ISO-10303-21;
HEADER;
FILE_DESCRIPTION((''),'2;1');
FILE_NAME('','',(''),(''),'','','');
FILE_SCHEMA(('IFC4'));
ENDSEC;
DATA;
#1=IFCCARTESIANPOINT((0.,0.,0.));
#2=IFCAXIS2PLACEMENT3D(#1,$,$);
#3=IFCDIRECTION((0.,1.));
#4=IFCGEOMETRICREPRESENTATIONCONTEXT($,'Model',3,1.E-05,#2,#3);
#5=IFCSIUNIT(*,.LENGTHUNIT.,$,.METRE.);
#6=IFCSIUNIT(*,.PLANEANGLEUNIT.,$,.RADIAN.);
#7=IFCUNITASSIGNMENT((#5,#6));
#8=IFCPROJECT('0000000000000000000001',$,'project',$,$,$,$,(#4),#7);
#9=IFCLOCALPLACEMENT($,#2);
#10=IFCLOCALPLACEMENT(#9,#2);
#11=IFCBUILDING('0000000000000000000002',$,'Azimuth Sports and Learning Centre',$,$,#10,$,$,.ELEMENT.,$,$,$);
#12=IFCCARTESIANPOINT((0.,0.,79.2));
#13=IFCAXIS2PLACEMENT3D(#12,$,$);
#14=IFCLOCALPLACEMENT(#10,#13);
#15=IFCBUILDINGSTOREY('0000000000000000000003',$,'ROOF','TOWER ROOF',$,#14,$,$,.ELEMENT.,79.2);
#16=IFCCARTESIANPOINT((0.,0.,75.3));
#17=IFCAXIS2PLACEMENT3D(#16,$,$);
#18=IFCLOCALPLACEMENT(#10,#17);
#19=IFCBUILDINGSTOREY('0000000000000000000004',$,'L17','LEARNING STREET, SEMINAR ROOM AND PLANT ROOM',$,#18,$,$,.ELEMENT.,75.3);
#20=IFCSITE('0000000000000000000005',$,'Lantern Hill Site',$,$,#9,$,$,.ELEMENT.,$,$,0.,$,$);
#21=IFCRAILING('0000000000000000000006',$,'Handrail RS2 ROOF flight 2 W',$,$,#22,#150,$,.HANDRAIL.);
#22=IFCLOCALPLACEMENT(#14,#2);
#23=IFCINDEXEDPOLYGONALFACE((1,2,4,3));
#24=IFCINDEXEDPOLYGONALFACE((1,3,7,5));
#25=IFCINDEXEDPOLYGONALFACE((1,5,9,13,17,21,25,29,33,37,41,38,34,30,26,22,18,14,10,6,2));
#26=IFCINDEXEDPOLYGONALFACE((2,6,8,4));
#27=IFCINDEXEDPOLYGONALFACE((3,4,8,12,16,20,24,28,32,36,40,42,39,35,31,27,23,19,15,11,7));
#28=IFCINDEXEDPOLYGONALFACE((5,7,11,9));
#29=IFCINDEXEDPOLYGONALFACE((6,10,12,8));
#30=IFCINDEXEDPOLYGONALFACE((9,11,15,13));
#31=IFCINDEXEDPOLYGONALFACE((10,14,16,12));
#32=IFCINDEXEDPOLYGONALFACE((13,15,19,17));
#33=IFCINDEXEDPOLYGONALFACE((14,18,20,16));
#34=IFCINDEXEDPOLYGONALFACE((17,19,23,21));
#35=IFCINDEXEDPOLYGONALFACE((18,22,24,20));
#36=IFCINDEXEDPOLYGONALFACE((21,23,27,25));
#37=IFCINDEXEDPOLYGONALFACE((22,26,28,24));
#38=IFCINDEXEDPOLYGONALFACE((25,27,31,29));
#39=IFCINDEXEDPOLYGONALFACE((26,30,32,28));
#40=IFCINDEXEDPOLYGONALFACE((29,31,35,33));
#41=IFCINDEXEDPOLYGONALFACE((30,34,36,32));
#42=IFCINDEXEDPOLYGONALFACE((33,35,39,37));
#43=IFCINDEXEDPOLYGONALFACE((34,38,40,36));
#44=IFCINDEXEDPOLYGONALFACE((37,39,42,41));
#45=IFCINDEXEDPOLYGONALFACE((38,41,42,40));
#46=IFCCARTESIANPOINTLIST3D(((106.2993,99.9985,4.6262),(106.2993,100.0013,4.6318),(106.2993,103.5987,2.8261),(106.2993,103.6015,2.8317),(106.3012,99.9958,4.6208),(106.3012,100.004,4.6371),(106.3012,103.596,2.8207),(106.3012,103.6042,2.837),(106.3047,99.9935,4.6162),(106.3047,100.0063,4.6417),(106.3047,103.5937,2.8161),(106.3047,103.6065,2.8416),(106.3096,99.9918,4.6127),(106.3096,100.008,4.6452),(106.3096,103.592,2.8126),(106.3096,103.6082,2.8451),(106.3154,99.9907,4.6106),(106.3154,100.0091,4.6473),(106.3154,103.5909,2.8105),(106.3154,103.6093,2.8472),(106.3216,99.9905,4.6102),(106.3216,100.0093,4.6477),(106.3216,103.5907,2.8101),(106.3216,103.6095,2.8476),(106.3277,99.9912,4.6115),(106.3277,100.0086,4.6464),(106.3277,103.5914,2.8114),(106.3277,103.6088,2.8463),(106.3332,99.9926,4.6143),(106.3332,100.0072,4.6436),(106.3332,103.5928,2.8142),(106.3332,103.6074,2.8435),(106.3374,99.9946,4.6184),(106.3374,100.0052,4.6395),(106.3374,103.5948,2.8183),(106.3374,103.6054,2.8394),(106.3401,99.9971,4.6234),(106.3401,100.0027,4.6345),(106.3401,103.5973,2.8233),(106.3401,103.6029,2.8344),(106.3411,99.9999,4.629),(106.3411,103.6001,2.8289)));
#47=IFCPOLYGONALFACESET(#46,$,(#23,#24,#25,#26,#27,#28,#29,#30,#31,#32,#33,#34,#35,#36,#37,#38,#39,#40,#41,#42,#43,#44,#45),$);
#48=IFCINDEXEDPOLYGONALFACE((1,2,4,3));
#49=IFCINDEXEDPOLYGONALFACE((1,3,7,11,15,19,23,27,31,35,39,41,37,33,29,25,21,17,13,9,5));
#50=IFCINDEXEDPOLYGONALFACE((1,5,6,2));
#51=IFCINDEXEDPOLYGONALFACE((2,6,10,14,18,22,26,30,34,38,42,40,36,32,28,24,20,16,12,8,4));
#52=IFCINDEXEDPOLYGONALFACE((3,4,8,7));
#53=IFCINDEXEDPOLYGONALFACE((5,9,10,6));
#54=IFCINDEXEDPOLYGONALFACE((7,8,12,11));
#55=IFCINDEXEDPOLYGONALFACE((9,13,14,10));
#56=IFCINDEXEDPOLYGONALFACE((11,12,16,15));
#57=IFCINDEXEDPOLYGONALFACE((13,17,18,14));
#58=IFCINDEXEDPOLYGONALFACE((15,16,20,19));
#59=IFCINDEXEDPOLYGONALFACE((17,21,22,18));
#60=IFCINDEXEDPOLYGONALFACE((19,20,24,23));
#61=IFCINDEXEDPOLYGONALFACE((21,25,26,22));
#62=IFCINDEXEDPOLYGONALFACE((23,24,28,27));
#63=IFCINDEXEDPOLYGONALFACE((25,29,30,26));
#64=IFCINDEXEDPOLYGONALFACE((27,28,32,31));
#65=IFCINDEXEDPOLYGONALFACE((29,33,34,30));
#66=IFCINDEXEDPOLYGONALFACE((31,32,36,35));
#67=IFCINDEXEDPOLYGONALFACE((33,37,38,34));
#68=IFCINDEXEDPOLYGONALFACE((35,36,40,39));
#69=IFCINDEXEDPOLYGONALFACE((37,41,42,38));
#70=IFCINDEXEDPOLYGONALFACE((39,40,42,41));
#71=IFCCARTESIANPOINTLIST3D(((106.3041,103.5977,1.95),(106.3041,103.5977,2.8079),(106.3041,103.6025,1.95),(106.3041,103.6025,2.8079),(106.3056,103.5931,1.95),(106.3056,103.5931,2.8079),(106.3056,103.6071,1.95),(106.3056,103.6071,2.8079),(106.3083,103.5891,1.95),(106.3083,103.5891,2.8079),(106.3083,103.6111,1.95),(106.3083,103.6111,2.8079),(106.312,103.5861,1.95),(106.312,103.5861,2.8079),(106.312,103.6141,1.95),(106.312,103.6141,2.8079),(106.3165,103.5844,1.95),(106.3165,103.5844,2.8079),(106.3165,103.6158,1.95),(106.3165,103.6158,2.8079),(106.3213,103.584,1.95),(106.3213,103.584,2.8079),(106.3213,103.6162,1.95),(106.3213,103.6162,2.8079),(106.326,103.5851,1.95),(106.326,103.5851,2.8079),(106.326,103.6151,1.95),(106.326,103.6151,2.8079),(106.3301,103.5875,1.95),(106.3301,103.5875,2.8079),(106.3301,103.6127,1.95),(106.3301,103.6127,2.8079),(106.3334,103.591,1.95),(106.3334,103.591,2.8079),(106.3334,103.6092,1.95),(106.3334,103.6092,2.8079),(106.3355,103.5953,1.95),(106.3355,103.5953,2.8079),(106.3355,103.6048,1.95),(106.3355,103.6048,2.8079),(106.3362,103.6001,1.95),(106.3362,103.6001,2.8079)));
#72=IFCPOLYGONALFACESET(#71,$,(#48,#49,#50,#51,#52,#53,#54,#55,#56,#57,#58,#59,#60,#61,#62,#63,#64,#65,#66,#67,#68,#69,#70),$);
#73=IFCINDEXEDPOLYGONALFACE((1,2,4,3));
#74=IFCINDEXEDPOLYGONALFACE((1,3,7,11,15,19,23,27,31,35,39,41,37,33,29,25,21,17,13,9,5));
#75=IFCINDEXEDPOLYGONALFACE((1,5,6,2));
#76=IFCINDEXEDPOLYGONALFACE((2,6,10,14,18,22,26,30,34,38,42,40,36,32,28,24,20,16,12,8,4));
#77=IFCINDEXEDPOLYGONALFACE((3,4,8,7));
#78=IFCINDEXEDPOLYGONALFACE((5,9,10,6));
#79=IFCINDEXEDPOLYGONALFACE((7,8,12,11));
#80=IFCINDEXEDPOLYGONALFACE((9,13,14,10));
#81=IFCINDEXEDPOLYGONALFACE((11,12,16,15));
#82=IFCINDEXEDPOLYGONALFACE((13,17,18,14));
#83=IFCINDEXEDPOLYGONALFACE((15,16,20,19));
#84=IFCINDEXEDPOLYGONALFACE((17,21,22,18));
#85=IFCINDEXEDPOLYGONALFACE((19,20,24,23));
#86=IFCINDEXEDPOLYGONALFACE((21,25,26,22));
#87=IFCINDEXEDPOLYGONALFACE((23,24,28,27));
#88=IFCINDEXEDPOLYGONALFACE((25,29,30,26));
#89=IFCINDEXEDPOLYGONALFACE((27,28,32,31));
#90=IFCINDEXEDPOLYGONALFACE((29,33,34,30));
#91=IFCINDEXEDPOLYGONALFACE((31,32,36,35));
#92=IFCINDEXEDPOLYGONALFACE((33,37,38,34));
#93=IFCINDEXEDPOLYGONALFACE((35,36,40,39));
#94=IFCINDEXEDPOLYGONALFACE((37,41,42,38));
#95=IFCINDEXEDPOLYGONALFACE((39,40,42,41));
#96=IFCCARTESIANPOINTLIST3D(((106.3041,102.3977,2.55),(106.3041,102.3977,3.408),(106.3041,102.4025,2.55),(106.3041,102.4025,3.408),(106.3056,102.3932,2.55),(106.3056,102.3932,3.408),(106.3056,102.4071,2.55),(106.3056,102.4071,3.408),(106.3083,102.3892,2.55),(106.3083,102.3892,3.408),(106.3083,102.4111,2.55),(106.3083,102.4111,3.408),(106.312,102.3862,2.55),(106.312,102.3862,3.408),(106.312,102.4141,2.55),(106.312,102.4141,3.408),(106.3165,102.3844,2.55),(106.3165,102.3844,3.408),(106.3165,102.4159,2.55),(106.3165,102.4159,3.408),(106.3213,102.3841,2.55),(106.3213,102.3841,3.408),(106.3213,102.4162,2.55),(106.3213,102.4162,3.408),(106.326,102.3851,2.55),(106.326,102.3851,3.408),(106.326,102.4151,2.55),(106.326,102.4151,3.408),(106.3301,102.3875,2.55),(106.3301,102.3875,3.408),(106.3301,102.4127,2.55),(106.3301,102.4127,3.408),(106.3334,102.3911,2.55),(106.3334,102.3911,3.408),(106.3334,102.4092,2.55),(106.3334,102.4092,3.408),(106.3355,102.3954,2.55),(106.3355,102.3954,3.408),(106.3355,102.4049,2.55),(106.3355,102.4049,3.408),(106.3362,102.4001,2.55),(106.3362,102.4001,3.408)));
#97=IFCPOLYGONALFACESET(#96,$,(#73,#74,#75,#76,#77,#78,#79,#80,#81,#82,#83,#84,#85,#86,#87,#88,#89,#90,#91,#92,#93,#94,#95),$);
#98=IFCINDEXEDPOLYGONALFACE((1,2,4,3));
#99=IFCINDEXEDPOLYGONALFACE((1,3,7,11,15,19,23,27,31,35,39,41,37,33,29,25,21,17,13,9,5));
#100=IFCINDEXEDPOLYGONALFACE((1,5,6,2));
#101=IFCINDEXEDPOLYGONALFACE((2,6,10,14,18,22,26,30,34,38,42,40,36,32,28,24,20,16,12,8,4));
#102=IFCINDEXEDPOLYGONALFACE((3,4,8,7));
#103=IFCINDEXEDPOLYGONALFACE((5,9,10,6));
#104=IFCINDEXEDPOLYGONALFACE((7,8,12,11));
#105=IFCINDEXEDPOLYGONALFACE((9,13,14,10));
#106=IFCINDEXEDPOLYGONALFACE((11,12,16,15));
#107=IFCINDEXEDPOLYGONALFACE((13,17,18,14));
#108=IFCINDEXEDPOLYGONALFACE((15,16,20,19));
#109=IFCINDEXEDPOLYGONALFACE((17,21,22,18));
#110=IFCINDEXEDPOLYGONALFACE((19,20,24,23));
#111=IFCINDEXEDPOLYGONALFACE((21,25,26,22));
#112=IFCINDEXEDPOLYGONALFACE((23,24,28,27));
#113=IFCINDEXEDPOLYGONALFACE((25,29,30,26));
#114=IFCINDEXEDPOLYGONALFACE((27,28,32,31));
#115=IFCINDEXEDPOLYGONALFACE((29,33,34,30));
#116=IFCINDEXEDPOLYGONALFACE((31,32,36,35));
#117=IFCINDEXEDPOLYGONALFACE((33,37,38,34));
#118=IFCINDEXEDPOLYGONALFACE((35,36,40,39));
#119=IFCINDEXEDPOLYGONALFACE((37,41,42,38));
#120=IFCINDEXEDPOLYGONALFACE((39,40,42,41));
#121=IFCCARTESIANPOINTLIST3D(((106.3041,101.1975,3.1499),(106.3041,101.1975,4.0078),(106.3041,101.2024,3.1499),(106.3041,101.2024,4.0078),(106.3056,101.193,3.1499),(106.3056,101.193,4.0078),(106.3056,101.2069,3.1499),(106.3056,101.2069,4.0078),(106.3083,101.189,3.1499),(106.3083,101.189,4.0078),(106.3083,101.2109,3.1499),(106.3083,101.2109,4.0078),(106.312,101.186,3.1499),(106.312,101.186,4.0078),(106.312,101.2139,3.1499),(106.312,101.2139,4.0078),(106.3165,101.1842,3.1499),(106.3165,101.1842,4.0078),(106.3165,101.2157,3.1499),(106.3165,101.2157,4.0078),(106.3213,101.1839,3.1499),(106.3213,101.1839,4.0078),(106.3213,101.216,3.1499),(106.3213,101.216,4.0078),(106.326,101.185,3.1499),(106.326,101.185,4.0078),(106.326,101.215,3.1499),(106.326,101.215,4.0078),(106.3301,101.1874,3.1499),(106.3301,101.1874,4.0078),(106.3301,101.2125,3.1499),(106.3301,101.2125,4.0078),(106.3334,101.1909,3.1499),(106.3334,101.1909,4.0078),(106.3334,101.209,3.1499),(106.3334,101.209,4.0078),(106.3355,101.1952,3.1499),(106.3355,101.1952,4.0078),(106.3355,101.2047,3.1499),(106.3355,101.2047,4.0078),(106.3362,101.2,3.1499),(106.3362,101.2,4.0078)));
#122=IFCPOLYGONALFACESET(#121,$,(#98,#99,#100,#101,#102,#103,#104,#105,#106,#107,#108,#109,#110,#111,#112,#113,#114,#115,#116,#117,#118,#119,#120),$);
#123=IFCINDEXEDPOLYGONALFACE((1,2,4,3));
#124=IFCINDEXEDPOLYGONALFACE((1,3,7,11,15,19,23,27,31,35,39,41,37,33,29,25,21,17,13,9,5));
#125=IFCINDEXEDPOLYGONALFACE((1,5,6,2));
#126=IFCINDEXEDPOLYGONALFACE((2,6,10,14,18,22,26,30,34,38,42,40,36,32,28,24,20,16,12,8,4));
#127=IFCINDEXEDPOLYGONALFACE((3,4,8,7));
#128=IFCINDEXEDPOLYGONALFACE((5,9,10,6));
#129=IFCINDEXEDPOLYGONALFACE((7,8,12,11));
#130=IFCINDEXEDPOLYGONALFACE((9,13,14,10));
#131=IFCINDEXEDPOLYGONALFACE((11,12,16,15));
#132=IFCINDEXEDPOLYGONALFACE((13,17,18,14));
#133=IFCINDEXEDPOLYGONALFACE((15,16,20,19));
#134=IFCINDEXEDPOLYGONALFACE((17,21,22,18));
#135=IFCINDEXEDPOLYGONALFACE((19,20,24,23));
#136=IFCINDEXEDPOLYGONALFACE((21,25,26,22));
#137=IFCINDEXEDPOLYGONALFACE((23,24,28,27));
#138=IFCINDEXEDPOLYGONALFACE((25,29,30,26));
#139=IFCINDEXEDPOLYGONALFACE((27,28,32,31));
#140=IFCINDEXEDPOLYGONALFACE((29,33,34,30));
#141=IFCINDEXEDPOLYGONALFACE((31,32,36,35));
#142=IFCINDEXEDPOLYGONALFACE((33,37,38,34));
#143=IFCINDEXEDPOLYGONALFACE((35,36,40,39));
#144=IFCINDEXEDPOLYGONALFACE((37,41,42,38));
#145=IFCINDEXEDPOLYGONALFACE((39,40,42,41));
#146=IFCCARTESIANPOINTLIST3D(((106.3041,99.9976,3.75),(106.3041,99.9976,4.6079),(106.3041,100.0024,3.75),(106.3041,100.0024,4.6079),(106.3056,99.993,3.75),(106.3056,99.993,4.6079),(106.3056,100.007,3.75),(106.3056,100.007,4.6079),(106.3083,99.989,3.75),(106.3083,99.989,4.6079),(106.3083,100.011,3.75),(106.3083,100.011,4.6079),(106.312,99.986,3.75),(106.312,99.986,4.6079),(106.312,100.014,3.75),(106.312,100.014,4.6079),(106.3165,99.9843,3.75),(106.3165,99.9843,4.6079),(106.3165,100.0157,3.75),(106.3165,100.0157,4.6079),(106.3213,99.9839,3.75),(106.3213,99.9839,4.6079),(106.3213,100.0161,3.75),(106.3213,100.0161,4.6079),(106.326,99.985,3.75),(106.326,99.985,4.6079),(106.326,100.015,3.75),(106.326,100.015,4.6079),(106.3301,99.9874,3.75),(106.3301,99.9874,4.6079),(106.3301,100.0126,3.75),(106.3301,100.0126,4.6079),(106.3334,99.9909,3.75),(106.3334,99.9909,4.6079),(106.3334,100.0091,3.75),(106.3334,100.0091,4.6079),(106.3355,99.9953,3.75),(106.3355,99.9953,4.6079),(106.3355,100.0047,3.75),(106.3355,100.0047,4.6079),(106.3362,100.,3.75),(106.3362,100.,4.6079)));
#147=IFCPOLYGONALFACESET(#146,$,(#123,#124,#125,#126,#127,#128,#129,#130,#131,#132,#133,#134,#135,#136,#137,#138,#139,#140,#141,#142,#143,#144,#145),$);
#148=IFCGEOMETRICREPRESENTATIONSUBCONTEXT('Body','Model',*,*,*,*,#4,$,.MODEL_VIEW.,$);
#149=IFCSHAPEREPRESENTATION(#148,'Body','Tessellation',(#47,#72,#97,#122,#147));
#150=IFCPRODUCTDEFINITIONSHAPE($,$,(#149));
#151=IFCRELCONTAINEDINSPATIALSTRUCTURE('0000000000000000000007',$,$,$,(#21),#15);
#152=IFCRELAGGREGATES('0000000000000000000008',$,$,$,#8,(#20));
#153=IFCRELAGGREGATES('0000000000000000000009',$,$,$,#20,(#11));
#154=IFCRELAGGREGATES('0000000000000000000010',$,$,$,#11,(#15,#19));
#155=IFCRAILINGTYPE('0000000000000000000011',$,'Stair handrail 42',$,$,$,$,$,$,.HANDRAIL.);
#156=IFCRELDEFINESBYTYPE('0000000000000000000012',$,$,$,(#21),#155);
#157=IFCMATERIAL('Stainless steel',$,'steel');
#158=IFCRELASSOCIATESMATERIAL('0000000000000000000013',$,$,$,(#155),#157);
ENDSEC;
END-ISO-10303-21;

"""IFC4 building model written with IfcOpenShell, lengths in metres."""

from ifc_helpers import new_model, si_unit, direction, frame, origin, origin_2d, place, context, subcontext, project, spatial, circle, extrude, material, type_object, element, save


model = new_model("IFC4")

# Units and contexts
model_context = context("Model", 3, precision=1e-05, world=origin(), true_north=direction((0.0, 1.0)))
body_context = subcontext(model_context, "Body", "Model", "MODEL_VIEW")
ifc_project = project(units=[si_unit("LENGTHUNIT", "METRE"), si_unit("PLANEANGLEUNIT", "RADIAN")], contexts=[model_context])

# Site, building, storey
site_placement = place(None, origin())
site = spatial("IfcSite", under=ifc_project, at=site_placement, Name="Lantern Hill Site", CompositionType="ELEMENT", RefElevation=0.0)
building_placement = place(site_placement, origin())
building = spatial("IfcBuilding", under=site, at=building_placement, Name="Azimuth Sports and Learning Centre", CompositionType="ELEMENT")
storey_1_placement = place(building_placement, frame((0.0, 0.0, 79.2)))
storey_1 = spatial("IfcBuildingStorey", under=building, at=storey_1_placement, Name="ROOF", Description="TOWER ROOF", CompositionType="ELEMENT", Elevation=79.2)

# Shared definitions
storey_2_placement = place(building_placement, frame((0.0, 0.0, 75.3)))
storey_2 = spatial("IfcBuildingStorey", under=building, at=storey_2_placement, Name="L17", Description="LEARNING STREET, SEMINAR ROOM AND PLANT ROOM", CompositionType="ELEMENT", Elevation=75.3)

# Railing
ifc_material_1 = material(Name="Stainless steel", Category="steel")
railing_type_1 = type_object("IfcRailingType", Name="Stair handrail 42", PredefinedType="HANDRAIL", material=ifc_material_1)
for number, where, name in (
    (1, (106.3201, 103.6001, 1.95), "Handrail RS2 ROOF flight 2 W"),
):
    element("IfcRailing", number, at=place(storey_1_placement, frame(where)), inside=storey_1, type_object=railing_type_1, Name=name, PredefinedType="HANDRAIL", context=body_context, shape_type="SweptSolid", body=[
        extrude(circle(Radius=0.021, at=origin_2d()), frame((0.0, 0.0, 0.8789), z_axis=(0.0, -0.894427, 0.447214), x_axis=(1.0, 0.0, 0.0)), (0.0, 0.0, 1.0), 4.0251),
        extrude(circle(Radius=0.0161, at=origin_2d()), origin(), (0.0, 0.0, 1.0), 0.8579),
        extrude(circle(Radius=0.0161, at=origin_2d()), frame((0.0, -1.2, 0.6001)), (0.0, 0.0, 1.0), 0.8579),
        extrude(circle(Radius=0.0161, at=origin_2d()), frame((0.0, -2.4001, 1.2)), (0.0, 0.0, 1.0), 0.8579),
        extrude(circle(Radius=0.0161, at=origin_2d()), frame((0.0, -3.6001, 1.8)), (0.0, 0.0, 1.0), 0.8579),
    ])

save(model, "model.ifc")
